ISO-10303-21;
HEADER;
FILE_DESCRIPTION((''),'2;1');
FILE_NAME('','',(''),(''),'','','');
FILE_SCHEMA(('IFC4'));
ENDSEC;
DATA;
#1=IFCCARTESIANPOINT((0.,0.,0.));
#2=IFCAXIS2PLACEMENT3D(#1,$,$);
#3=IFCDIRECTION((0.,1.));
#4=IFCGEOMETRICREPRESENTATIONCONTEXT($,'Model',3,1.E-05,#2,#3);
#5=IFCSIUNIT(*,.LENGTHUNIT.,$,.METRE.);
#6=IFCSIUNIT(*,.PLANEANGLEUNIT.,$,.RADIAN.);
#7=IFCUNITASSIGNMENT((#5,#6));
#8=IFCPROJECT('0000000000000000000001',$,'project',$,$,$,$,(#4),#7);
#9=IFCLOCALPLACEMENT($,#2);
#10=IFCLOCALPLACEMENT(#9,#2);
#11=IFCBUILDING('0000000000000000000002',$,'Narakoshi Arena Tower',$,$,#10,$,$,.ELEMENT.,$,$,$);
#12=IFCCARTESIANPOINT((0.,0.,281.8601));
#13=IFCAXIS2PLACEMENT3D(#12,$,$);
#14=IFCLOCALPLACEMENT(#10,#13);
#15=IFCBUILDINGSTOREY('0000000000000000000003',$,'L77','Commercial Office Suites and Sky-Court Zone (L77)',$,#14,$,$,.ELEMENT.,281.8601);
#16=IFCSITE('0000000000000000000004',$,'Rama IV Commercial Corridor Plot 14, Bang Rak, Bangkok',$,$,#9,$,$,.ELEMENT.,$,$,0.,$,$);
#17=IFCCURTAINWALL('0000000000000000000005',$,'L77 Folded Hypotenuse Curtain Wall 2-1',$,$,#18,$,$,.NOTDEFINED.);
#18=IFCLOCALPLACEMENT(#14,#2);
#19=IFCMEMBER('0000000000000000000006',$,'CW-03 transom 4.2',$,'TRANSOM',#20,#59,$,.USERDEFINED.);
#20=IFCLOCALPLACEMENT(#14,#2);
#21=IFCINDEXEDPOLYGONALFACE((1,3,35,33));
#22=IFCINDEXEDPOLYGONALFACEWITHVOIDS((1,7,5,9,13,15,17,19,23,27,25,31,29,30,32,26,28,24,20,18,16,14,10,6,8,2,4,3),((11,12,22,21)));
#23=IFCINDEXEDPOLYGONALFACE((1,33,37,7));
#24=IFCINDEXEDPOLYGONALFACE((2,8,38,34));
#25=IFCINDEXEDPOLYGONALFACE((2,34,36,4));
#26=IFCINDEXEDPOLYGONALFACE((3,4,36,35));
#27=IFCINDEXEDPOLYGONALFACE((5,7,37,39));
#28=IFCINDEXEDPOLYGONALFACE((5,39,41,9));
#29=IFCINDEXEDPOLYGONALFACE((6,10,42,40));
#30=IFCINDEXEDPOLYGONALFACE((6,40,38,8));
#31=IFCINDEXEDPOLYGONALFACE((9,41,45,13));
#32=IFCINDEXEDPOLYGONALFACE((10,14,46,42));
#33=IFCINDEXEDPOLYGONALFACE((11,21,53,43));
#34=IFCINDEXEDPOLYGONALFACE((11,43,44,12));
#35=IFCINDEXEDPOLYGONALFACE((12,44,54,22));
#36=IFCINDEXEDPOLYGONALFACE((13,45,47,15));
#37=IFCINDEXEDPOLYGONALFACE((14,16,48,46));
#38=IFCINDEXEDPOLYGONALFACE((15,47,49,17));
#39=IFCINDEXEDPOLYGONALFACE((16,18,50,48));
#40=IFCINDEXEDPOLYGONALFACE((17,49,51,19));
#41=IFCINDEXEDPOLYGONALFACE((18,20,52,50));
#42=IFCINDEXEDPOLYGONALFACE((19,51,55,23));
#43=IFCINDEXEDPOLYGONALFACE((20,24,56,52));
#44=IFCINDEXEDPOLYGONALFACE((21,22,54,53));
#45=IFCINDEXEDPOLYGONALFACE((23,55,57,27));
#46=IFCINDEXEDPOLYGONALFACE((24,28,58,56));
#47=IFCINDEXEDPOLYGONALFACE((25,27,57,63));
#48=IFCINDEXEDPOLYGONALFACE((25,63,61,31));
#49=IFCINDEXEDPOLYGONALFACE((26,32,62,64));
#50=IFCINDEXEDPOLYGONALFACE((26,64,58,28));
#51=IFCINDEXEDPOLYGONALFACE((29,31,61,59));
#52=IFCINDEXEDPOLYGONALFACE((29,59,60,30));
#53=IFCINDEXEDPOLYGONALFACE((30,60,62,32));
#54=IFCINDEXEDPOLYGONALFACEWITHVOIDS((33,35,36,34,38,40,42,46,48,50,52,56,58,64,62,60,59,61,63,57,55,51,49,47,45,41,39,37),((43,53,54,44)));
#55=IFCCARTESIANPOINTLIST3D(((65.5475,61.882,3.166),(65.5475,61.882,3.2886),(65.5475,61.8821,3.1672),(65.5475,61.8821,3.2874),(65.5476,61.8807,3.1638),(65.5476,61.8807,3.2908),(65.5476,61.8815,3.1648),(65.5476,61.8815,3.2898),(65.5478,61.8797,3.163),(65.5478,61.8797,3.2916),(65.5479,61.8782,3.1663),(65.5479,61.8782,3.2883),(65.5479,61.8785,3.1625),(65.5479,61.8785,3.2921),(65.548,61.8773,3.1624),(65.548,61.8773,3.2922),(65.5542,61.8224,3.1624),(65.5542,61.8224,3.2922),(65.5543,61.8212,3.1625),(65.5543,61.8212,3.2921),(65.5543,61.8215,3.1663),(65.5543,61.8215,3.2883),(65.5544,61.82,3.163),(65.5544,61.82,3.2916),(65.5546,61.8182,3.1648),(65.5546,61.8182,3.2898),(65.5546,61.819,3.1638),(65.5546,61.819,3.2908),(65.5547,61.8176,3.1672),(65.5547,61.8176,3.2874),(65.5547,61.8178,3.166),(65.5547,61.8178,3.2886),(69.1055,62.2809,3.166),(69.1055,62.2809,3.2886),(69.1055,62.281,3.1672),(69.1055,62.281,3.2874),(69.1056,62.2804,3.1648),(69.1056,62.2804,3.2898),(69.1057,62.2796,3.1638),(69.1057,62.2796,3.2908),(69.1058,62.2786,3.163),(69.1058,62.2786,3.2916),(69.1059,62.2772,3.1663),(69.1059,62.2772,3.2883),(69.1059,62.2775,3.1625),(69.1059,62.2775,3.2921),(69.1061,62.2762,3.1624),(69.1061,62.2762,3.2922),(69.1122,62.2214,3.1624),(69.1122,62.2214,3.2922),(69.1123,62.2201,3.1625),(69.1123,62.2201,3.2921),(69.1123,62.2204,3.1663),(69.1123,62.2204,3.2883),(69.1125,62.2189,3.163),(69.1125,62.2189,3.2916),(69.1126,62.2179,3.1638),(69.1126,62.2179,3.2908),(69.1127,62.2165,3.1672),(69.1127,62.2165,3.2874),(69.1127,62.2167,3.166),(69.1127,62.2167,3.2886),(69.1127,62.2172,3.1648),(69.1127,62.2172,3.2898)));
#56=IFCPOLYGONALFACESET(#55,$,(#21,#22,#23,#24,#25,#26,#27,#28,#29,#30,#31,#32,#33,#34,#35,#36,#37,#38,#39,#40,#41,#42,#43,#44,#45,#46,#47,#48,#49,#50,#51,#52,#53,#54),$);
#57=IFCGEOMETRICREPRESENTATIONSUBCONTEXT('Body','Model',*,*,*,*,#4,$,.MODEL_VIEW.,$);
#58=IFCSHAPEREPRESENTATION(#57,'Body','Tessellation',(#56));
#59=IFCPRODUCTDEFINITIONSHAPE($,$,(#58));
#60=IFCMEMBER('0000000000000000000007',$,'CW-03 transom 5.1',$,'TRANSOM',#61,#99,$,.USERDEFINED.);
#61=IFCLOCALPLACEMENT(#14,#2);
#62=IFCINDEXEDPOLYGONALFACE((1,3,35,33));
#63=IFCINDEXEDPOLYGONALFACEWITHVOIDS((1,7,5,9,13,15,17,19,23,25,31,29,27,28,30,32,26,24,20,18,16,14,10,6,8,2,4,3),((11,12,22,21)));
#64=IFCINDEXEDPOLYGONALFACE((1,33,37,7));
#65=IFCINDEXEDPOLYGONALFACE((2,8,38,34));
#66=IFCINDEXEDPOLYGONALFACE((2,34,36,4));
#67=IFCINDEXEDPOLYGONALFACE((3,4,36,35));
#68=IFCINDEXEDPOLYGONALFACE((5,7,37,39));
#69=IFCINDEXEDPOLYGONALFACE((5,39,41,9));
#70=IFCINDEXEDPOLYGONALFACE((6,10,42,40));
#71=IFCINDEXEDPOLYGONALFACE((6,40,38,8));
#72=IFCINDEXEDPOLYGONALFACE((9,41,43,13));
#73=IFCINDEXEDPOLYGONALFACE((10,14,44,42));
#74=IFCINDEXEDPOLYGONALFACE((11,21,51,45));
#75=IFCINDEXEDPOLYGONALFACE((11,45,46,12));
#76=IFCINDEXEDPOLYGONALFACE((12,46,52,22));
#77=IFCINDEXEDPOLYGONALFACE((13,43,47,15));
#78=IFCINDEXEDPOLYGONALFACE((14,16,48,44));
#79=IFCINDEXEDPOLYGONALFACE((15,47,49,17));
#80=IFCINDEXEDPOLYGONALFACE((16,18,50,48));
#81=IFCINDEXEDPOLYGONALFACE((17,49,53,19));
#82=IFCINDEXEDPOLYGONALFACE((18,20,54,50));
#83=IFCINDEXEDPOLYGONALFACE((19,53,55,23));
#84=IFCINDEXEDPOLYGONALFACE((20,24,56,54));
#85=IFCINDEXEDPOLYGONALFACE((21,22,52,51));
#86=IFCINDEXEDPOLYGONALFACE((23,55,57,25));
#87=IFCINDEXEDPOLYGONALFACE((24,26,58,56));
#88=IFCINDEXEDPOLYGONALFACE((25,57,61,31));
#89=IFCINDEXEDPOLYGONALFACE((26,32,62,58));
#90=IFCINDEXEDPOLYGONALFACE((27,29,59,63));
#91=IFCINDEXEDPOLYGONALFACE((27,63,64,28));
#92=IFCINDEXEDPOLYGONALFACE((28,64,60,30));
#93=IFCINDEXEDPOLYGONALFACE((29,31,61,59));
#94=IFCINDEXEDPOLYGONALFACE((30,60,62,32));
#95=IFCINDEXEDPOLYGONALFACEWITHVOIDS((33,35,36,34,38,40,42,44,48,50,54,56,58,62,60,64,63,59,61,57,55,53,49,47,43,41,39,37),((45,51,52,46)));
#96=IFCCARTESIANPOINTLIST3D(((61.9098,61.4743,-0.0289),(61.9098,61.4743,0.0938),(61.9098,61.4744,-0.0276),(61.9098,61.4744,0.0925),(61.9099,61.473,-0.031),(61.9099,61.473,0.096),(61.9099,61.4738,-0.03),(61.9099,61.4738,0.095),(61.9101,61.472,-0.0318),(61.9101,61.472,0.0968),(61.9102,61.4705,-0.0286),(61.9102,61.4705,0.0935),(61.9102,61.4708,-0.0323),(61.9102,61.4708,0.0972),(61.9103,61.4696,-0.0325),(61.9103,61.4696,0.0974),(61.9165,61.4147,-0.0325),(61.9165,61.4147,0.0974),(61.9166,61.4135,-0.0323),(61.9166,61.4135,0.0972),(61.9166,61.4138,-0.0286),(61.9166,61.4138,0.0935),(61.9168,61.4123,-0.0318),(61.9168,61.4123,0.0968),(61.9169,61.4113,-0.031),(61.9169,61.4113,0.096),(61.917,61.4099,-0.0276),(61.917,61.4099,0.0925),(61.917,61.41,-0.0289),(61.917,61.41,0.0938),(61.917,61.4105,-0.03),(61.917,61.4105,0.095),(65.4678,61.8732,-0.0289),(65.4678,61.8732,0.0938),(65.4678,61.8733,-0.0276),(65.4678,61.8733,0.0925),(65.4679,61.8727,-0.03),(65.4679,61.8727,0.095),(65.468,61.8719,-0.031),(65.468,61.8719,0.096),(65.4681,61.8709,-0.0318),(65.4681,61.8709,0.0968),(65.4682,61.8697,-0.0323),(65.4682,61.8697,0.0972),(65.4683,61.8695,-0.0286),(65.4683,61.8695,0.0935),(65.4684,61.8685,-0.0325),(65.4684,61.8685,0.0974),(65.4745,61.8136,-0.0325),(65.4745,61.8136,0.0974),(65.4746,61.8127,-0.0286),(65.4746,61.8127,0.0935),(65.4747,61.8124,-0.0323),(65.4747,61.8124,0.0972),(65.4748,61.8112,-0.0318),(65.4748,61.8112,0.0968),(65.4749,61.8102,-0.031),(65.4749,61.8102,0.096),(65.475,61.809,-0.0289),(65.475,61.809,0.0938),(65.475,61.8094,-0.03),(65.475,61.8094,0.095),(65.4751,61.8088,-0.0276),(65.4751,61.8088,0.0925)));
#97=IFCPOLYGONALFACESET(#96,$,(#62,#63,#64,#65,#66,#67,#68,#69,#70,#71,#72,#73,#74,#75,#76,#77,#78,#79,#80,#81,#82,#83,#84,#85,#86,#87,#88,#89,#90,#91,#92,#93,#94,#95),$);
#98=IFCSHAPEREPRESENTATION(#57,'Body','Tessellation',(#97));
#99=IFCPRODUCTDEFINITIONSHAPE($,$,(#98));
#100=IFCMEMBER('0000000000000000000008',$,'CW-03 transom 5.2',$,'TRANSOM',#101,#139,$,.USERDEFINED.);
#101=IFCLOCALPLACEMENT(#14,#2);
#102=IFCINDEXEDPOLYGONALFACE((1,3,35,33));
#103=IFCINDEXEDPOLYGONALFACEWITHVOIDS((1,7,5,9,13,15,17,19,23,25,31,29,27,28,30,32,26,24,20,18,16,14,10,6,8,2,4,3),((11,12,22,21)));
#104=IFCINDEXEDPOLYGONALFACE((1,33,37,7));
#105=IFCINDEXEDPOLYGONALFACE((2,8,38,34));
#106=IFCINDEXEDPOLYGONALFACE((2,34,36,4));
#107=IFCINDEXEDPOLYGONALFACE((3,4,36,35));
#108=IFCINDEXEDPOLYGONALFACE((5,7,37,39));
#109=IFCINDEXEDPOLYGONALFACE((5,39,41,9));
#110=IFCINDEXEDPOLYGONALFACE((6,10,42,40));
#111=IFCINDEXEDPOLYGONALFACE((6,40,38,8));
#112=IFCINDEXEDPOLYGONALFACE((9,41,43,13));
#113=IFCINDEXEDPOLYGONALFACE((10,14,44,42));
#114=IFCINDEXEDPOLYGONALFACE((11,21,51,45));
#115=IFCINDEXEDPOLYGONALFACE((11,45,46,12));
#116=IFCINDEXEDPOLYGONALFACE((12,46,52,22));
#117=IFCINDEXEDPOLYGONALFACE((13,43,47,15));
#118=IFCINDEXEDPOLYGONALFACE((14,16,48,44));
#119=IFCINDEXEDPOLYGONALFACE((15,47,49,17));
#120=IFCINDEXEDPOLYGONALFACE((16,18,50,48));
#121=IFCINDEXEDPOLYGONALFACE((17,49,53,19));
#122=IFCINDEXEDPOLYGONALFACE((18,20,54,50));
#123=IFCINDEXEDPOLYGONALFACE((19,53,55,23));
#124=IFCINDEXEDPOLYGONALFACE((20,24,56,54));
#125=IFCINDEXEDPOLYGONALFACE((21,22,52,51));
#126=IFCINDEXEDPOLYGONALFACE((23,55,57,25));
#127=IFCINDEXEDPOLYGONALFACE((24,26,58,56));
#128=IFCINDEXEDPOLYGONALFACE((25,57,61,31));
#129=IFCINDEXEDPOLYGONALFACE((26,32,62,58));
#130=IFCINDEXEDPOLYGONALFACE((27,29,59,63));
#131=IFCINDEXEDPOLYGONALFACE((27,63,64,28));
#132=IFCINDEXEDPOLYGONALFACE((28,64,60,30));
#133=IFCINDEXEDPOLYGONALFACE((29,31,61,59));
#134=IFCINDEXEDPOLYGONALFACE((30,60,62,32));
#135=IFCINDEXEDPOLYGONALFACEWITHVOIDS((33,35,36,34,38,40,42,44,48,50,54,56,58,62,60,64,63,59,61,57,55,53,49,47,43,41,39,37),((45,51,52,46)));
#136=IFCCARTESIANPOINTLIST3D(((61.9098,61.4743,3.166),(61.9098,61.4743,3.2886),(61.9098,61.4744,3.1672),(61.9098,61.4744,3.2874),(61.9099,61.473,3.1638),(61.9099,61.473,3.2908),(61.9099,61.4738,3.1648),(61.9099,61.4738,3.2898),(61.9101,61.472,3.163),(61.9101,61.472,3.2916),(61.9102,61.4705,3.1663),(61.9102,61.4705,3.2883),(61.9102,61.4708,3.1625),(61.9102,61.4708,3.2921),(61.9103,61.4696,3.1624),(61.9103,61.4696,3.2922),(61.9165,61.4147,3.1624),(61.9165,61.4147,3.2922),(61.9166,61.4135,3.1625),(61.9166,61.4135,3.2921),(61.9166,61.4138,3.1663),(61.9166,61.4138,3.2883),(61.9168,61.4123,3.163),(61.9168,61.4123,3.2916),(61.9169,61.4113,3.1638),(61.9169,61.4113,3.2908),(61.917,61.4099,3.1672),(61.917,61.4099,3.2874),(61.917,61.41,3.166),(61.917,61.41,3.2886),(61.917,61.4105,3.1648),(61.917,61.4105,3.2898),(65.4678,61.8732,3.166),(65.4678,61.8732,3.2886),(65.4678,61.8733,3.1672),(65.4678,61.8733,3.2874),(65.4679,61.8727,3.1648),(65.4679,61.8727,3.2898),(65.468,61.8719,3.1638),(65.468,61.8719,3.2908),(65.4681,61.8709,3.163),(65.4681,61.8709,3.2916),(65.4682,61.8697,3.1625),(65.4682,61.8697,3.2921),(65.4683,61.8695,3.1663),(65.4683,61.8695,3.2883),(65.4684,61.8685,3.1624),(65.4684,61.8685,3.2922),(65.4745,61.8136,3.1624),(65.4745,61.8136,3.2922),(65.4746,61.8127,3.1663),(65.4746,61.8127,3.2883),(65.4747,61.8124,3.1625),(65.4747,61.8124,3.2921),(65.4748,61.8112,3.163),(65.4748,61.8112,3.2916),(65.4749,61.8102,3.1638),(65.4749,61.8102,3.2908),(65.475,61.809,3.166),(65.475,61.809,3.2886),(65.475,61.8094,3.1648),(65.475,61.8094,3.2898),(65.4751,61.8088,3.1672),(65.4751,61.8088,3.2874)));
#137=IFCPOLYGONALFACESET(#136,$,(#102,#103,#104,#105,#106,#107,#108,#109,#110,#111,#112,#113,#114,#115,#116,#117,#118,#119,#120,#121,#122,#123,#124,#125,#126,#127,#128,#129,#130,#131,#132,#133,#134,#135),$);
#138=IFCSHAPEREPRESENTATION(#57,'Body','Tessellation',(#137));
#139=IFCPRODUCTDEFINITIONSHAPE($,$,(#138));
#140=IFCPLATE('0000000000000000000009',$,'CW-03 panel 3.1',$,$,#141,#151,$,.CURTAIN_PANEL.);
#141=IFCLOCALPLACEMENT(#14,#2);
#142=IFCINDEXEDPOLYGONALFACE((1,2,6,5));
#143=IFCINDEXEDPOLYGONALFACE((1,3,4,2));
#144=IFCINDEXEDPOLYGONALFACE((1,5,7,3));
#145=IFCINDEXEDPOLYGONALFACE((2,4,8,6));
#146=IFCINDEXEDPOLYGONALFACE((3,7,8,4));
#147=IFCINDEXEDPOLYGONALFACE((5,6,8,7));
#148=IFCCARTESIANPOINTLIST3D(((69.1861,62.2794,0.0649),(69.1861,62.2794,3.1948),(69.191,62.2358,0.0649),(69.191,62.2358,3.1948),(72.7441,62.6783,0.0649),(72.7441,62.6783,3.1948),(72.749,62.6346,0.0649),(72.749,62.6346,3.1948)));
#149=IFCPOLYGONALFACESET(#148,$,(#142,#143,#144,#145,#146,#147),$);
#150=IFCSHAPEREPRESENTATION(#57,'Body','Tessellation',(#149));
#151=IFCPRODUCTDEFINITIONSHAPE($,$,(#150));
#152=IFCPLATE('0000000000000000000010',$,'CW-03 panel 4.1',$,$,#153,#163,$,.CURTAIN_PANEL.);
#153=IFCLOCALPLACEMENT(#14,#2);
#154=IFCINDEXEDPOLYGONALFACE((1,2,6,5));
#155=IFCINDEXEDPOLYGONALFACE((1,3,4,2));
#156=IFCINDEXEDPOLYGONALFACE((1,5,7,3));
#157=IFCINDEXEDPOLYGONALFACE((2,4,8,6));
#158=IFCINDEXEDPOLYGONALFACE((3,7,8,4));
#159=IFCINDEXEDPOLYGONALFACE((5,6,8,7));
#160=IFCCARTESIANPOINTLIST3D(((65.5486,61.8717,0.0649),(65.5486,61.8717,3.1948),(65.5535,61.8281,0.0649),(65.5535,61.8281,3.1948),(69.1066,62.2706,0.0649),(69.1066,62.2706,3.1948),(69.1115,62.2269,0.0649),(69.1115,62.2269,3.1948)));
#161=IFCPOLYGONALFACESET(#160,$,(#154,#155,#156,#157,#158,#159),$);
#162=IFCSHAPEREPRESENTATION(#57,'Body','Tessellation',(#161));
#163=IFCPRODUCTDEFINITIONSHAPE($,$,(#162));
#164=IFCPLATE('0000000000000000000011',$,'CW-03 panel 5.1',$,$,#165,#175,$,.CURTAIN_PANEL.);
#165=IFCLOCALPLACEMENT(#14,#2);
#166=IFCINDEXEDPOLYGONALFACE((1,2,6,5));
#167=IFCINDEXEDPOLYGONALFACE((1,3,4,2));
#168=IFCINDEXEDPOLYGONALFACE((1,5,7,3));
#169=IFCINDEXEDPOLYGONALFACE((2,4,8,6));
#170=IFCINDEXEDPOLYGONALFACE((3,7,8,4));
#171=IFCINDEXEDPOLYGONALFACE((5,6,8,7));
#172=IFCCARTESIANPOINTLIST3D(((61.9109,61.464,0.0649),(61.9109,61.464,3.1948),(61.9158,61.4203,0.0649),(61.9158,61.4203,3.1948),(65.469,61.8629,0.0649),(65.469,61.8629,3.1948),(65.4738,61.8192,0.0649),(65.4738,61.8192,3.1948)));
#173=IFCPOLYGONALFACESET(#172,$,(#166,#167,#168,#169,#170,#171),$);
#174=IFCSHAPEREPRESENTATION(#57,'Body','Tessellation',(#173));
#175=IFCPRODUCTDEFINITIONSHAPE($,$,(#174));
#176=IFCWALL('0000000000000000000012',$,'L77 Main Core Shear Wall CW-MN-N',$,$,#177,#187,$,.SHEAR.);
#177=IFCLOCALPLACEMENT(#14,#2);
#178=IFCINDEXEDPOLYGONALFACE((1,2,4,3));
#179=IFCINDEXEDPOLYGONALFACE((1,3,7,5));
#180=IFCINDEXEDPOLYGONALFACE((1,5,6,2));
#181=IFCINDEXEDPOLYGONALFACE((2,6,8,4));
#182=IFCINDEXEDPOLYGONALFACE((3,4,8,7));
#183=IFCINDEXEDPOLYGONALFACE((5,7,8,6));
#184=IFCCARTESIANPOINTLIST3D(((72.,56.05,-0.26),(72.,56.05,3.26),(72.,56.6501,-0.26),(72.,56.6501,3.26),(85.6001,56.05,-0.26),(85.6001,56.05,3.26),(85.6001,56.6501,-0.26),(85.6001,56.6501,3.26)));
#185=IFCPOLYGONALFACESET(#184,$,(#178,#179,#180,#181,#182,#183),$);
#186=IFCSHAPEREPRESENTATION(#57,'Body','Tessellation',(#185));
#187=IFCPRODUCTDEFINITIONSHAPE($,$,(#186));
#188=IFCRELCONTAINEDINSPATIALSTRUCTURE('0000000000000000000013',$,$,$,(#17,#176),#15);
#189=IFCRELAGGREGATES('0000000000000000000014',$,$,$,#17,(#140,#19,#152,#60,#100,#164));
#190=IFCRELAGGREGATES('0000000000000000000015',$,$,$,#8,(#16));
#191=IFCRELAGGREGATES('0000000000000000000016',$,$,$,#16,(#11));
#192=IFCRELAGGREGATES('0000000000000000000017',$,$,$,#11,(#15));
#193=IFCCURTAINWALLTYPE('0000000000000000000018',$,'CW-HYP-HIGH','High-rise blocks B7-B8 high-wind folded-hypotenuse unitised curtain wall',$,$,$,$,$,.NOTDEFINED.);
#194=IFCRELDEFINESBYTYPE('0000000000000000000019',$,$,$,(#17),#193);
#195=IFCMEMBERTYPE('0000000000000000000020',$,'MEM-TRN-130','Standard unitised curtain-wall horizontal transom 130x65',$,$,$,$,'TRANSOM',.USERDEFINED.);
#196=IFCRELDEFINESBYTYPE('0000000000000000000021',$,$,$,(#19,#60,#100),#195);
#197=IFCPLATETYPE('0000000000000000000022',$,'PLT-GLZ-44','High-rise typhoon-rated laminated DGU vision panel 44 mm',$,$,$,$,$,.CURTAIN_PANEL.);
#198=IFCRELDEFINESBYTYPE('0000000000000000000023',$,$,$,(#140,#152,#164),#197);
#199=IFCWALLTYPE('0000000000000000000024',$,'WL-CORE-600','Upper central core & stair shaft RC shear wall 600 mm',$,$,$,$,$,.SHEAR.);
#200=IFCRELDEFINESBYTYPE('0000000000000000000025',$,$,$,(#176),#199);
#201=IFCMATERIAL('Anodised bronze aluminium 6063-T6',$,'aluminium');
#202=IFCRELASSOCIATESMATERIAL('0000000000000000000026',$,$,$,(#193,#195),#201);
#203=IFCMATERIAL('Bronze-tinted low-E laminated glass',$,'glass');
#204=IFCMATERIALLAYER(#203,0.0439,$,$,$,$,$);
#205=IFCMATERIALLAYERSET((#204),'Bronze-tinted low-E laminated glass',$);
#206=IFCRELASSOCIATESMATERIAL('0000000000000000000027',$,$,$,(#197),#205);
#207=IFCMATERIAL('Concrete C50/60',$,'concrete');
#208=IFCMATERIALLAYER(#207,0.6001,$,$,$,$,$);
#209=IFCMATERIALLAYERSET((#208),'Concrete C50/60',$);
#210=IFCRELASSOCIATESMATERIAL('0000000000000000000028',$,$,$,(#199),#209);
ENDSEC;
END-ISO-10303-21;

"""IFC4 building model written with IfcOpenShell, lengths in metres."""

from ifc_helpers import new_model, si_unit, direction, frame, frame_2d, origin, origin_2d, place, context, subcontext, project, spatial, rectangle, hollow_rectangle, extrude, material, layer, layer_set, material_profile, profile_set, type_object, element, aggregate, save


model = new_model("IFC4")

# Units and contexts
model_context = context("Model", 3, precision=1e-05, world=origin(), true_north=direction((0.0, 1.0)))
body_context = subcontext(model_context, "Body", "Model", "MODEL_VIEW")
ifc_project = project(units=[si_unit("LENGTHUNIT", "METRE"), si_unit("PLANEANGLEUNIT", "RADIAN")], contexts=[model_context])

# Site, building, storey
site_placement = place(None, origin())
site = spatial("IfcSite", under=ifc_project, at=site_placement, Name="Rama IV Commercial Corridor Plot 14, Bang Rak, Bangkok", CompositionType="ELEMENT", RefElevation=0.0)
building_placement = place(site_placement, origin())
building = spatial("IfcBuilding", under=site, at=building_placement, Name="Narakoshi Arena Tower", CompositionType="ELEMENT")
storey_placement = place(building_placement, frame((0.0, 0.0, 281.8601)))
storey = spatial("IfcBuildingStorey", under=building, at=storey_placement, Name="L77", Description="Commercial Office Suites and Sky-Court Zone (L77)", CompositionType="ELEMENT", Elevation=281.8601)

# Shared definitions
ifc_material_1 = material(Name="Concrete C50/60", Category="concrete")

# Curtain wall, members, plates
ifc_material_2 = material(Name="Anodised bronze aluminium 6063-T6", Category="aluminium")
curtain_wall_type = type_object("IfcCurtainWallType", Name="CW-HYP-HIGH", Description="High-rise blocks B7-B8 high-wind folded-hypotenuse unitised curtain wall", PredefinedType="NOTDEFINED", material=ifc_material_2)
curtain_wall_placement = place(storey_placement, origin())
curtain_wall = element("IfcCurtainWall", 1, at=curtain_wall_placement, inside=storey, type_object=curtain_wall_type, Name="L77 Folded Hypotenuse Curtain Wall 2-1", PredefinedType="NOTDEFINED")
ifc_material_profile_1 = material_profile(ifc_material_2, hollow_rectangle(XDim=0.0649, YDim=0.1299, WallThickness=0.0039, OuterFilletRadius=0.0049, at=origin_2d()), Name="TRN130x65x4")
ifc_profile_set_1 = profile_set([ifc_material_profile_1], Name="Anodised bronze aluminium 6063-T6")
member_type_1 = type_object("IfcMemberType", Name="MEM-TRN-130", Description="Standard unitised curtain-wall horizontal transom 130x65", ElementType="TRANSOM", PredefinedType="USERDEFINED", material=ifc_profile_set_1)
member_1_placement = place(storey_placement, frame((69.1091, 62.2488, 3.2273), z_axis=(-0.993773, -0.111419, 0.0), x_axis=(0.111419, -0.993773, 0.0)))
member_1 = element("IfcMember", 2, at=member_1_placement, type_object=member_type_1, Name="CW-03 transom 4.2", ObjectType="TRANSOM", PredefinedType="USERDEFINED", context=body_context, shape_type="SweptSolid", body=[
    extrude(hollow_rectangle(XDim=0.0649, YDim=0.1299, WallThickness=0.0039, OuterFilletRadius=0.0049, at=origin_2d()), origin(), (0.0, 0.0, 1.0), 3.5803),
])
member_2_placement = place(storey_placement, frame((65.4714, 61.8411, 0.0325), z_axis=(-0.993773, -0.111419, 0.0), x_axis=(0.111419, -0.993773, 0.0)))
member_2 = element("IfcMember", 3, at=member_2_placement, type_object=member_type_1, Name="CW-03 transom 5.1", ObjectType="TRANSOM", PredefinedType="USERDEFINED", context=body_context, shape_type="SweptSolid", body=[
    extrude(hollow_rectangle(XDim=0.0649, YDim=0.1299, WallThickness=0.0039, OuterFilletRadius=0.0049, at=origin_2d()), origin(), (0.0, 0.0, 1.0), 3.5803),
])
member_3_placement = place(storey_placement, frame((65.4714, 61.8411, 3.2273), z_axis=(-0.993773, -0.111419, 0.0), x_axis=(0.111419, -0.993773, 0.0)))
member_3 = element("IfcMember", 4, at=member_3_placement, type_object=member_type_1, Name="CW-03 transom 5.2", ObjectType="TRANSOM", PredefinedType="USERDEFINED", context=body_context, shape_type="SweptSolid", body=[
    extrude(hollow_rectangle(XDim=0.0649, YDim=0.1299, WallThickness=0.0039, OuterFilletRadius=0.0049, at=origin_2d()), origin(), (0.0, 0.0, 1.0), 3.5803),
])
ifc_material_3 = material(Name="Bronze-tinted low-E laminated glass", Category="glass")
ifc_layer_1 = layer(ifc_material_3, 0.0439)
ifc_layer_set_1 = layer_set([ifc_layer_1], Name="Bronze-tinted low-E laminated glass")
plate_type = type_object("IfcPlateType", Name="PLT-GLZ-44", Description="High-rise typhoon-rated laminated DGU vision panel 44 mm", PredefinedType="CURTAIN_PANEL", material=ifc_layer_set_1)
plate_1_placement = place(storey_placement, frame((70.9675, 62.457, 0.0649), z_axis=(0.0, 0.0, 1.0), x_axis=(-0.993776, -0.111396, 0.0)))
plate_1 = element("IfcPlate", 5, at=plate_1_placement, type_object=plate_type, Name="CW-03 panel 3.1", PredefinedType="CURTAIN_PANEL", context=body_context, shape_type="SweptSolid", body=[
    extrude(rectangle(XDim=3.5803, YDim=0.0439, at=origin_2d()), origin(), (0.0, 0.0, 1.0), 3.1299),
])
plate_2_placement = place(storey_placement, frame((67.3301, 62.0493, 0.0649), z_axis=(0.0, 0.0, 1.0), x_axis=(-0.993776, -0.111396, 0.0)))
plate_2 = element("IfcPlate", 6, at=plate_2_placement, type_object=plate_type, Name="CW-03 panel 4.1", PredefinedType="CURTAIN_PANEL", context=body_context, shape_type="SweptSolid", body=[
    extrude(rectangle(XDim=3.5803, YDim=0.0439, at=origin_2d()), origin(), (0.0, 0.0, 1.0), 3.1299),
])
plate_3_placement = place(storey_placement, frame((63.6924, 61.6416, 0.0649), z_axis=(0.0, 0.0, 1.0), x_axis=(-0.993776, -0.111396, 0.0)))
plate_3 = element("IfcPlate", 7, at=plate_3_placement, type_object=plate_type, Name="CW-03 panel 5.1", PredefinedType="CURTAIN_PANEL", context=body_context, shape_type="SweptSolid", body=[
    extrude(rectangle(XDim=3.5803, YDim=0.0439, at=origin_2d()), origin(), (0.0, 0.0, 1.0), 3.1299),
])
aggregate(curtain_wall, [plate_1, member_1, plate_2, member_2, member_3, plate_3])

# Wall
ifc_layer_2 = layer(ifc_material_1, 0.6001)
ifc_layer_set_2 = layer_set([ifc_layer_2], Name="Concrete C50/60")
wall_type_1 = type_object("IfcWallType", Name="WL-CORE-600", Description="Upper central core & stair shaft RC shear wall 600 mm", PredefinedType="SHEAR", material=ifc_layer_set_2)
wall_1_placement = place(storey_placement, frame((72.0, 56.3501, -0.26), z_axis=(0.0, 0.0, 1.0), x_axis=(1.0, 0.0, 0.0)))
element("IfcWall", 8, at=wall_1_placement, inside=storey, type_object=wall_type_1, Name="L77 Main Core Shear Wall CW-MN-N", PredefinedType="SHEAR", context=body_context, shape_type="SweptSolid", body=[
    extrude(rectangle(XDim=13.6001, YDim=0.6001, at=frame_2d((6.8, 0.0))), origin(), (0.0, 0.0, 1.0), 3.52),
])

save(model, "model.ifc")
